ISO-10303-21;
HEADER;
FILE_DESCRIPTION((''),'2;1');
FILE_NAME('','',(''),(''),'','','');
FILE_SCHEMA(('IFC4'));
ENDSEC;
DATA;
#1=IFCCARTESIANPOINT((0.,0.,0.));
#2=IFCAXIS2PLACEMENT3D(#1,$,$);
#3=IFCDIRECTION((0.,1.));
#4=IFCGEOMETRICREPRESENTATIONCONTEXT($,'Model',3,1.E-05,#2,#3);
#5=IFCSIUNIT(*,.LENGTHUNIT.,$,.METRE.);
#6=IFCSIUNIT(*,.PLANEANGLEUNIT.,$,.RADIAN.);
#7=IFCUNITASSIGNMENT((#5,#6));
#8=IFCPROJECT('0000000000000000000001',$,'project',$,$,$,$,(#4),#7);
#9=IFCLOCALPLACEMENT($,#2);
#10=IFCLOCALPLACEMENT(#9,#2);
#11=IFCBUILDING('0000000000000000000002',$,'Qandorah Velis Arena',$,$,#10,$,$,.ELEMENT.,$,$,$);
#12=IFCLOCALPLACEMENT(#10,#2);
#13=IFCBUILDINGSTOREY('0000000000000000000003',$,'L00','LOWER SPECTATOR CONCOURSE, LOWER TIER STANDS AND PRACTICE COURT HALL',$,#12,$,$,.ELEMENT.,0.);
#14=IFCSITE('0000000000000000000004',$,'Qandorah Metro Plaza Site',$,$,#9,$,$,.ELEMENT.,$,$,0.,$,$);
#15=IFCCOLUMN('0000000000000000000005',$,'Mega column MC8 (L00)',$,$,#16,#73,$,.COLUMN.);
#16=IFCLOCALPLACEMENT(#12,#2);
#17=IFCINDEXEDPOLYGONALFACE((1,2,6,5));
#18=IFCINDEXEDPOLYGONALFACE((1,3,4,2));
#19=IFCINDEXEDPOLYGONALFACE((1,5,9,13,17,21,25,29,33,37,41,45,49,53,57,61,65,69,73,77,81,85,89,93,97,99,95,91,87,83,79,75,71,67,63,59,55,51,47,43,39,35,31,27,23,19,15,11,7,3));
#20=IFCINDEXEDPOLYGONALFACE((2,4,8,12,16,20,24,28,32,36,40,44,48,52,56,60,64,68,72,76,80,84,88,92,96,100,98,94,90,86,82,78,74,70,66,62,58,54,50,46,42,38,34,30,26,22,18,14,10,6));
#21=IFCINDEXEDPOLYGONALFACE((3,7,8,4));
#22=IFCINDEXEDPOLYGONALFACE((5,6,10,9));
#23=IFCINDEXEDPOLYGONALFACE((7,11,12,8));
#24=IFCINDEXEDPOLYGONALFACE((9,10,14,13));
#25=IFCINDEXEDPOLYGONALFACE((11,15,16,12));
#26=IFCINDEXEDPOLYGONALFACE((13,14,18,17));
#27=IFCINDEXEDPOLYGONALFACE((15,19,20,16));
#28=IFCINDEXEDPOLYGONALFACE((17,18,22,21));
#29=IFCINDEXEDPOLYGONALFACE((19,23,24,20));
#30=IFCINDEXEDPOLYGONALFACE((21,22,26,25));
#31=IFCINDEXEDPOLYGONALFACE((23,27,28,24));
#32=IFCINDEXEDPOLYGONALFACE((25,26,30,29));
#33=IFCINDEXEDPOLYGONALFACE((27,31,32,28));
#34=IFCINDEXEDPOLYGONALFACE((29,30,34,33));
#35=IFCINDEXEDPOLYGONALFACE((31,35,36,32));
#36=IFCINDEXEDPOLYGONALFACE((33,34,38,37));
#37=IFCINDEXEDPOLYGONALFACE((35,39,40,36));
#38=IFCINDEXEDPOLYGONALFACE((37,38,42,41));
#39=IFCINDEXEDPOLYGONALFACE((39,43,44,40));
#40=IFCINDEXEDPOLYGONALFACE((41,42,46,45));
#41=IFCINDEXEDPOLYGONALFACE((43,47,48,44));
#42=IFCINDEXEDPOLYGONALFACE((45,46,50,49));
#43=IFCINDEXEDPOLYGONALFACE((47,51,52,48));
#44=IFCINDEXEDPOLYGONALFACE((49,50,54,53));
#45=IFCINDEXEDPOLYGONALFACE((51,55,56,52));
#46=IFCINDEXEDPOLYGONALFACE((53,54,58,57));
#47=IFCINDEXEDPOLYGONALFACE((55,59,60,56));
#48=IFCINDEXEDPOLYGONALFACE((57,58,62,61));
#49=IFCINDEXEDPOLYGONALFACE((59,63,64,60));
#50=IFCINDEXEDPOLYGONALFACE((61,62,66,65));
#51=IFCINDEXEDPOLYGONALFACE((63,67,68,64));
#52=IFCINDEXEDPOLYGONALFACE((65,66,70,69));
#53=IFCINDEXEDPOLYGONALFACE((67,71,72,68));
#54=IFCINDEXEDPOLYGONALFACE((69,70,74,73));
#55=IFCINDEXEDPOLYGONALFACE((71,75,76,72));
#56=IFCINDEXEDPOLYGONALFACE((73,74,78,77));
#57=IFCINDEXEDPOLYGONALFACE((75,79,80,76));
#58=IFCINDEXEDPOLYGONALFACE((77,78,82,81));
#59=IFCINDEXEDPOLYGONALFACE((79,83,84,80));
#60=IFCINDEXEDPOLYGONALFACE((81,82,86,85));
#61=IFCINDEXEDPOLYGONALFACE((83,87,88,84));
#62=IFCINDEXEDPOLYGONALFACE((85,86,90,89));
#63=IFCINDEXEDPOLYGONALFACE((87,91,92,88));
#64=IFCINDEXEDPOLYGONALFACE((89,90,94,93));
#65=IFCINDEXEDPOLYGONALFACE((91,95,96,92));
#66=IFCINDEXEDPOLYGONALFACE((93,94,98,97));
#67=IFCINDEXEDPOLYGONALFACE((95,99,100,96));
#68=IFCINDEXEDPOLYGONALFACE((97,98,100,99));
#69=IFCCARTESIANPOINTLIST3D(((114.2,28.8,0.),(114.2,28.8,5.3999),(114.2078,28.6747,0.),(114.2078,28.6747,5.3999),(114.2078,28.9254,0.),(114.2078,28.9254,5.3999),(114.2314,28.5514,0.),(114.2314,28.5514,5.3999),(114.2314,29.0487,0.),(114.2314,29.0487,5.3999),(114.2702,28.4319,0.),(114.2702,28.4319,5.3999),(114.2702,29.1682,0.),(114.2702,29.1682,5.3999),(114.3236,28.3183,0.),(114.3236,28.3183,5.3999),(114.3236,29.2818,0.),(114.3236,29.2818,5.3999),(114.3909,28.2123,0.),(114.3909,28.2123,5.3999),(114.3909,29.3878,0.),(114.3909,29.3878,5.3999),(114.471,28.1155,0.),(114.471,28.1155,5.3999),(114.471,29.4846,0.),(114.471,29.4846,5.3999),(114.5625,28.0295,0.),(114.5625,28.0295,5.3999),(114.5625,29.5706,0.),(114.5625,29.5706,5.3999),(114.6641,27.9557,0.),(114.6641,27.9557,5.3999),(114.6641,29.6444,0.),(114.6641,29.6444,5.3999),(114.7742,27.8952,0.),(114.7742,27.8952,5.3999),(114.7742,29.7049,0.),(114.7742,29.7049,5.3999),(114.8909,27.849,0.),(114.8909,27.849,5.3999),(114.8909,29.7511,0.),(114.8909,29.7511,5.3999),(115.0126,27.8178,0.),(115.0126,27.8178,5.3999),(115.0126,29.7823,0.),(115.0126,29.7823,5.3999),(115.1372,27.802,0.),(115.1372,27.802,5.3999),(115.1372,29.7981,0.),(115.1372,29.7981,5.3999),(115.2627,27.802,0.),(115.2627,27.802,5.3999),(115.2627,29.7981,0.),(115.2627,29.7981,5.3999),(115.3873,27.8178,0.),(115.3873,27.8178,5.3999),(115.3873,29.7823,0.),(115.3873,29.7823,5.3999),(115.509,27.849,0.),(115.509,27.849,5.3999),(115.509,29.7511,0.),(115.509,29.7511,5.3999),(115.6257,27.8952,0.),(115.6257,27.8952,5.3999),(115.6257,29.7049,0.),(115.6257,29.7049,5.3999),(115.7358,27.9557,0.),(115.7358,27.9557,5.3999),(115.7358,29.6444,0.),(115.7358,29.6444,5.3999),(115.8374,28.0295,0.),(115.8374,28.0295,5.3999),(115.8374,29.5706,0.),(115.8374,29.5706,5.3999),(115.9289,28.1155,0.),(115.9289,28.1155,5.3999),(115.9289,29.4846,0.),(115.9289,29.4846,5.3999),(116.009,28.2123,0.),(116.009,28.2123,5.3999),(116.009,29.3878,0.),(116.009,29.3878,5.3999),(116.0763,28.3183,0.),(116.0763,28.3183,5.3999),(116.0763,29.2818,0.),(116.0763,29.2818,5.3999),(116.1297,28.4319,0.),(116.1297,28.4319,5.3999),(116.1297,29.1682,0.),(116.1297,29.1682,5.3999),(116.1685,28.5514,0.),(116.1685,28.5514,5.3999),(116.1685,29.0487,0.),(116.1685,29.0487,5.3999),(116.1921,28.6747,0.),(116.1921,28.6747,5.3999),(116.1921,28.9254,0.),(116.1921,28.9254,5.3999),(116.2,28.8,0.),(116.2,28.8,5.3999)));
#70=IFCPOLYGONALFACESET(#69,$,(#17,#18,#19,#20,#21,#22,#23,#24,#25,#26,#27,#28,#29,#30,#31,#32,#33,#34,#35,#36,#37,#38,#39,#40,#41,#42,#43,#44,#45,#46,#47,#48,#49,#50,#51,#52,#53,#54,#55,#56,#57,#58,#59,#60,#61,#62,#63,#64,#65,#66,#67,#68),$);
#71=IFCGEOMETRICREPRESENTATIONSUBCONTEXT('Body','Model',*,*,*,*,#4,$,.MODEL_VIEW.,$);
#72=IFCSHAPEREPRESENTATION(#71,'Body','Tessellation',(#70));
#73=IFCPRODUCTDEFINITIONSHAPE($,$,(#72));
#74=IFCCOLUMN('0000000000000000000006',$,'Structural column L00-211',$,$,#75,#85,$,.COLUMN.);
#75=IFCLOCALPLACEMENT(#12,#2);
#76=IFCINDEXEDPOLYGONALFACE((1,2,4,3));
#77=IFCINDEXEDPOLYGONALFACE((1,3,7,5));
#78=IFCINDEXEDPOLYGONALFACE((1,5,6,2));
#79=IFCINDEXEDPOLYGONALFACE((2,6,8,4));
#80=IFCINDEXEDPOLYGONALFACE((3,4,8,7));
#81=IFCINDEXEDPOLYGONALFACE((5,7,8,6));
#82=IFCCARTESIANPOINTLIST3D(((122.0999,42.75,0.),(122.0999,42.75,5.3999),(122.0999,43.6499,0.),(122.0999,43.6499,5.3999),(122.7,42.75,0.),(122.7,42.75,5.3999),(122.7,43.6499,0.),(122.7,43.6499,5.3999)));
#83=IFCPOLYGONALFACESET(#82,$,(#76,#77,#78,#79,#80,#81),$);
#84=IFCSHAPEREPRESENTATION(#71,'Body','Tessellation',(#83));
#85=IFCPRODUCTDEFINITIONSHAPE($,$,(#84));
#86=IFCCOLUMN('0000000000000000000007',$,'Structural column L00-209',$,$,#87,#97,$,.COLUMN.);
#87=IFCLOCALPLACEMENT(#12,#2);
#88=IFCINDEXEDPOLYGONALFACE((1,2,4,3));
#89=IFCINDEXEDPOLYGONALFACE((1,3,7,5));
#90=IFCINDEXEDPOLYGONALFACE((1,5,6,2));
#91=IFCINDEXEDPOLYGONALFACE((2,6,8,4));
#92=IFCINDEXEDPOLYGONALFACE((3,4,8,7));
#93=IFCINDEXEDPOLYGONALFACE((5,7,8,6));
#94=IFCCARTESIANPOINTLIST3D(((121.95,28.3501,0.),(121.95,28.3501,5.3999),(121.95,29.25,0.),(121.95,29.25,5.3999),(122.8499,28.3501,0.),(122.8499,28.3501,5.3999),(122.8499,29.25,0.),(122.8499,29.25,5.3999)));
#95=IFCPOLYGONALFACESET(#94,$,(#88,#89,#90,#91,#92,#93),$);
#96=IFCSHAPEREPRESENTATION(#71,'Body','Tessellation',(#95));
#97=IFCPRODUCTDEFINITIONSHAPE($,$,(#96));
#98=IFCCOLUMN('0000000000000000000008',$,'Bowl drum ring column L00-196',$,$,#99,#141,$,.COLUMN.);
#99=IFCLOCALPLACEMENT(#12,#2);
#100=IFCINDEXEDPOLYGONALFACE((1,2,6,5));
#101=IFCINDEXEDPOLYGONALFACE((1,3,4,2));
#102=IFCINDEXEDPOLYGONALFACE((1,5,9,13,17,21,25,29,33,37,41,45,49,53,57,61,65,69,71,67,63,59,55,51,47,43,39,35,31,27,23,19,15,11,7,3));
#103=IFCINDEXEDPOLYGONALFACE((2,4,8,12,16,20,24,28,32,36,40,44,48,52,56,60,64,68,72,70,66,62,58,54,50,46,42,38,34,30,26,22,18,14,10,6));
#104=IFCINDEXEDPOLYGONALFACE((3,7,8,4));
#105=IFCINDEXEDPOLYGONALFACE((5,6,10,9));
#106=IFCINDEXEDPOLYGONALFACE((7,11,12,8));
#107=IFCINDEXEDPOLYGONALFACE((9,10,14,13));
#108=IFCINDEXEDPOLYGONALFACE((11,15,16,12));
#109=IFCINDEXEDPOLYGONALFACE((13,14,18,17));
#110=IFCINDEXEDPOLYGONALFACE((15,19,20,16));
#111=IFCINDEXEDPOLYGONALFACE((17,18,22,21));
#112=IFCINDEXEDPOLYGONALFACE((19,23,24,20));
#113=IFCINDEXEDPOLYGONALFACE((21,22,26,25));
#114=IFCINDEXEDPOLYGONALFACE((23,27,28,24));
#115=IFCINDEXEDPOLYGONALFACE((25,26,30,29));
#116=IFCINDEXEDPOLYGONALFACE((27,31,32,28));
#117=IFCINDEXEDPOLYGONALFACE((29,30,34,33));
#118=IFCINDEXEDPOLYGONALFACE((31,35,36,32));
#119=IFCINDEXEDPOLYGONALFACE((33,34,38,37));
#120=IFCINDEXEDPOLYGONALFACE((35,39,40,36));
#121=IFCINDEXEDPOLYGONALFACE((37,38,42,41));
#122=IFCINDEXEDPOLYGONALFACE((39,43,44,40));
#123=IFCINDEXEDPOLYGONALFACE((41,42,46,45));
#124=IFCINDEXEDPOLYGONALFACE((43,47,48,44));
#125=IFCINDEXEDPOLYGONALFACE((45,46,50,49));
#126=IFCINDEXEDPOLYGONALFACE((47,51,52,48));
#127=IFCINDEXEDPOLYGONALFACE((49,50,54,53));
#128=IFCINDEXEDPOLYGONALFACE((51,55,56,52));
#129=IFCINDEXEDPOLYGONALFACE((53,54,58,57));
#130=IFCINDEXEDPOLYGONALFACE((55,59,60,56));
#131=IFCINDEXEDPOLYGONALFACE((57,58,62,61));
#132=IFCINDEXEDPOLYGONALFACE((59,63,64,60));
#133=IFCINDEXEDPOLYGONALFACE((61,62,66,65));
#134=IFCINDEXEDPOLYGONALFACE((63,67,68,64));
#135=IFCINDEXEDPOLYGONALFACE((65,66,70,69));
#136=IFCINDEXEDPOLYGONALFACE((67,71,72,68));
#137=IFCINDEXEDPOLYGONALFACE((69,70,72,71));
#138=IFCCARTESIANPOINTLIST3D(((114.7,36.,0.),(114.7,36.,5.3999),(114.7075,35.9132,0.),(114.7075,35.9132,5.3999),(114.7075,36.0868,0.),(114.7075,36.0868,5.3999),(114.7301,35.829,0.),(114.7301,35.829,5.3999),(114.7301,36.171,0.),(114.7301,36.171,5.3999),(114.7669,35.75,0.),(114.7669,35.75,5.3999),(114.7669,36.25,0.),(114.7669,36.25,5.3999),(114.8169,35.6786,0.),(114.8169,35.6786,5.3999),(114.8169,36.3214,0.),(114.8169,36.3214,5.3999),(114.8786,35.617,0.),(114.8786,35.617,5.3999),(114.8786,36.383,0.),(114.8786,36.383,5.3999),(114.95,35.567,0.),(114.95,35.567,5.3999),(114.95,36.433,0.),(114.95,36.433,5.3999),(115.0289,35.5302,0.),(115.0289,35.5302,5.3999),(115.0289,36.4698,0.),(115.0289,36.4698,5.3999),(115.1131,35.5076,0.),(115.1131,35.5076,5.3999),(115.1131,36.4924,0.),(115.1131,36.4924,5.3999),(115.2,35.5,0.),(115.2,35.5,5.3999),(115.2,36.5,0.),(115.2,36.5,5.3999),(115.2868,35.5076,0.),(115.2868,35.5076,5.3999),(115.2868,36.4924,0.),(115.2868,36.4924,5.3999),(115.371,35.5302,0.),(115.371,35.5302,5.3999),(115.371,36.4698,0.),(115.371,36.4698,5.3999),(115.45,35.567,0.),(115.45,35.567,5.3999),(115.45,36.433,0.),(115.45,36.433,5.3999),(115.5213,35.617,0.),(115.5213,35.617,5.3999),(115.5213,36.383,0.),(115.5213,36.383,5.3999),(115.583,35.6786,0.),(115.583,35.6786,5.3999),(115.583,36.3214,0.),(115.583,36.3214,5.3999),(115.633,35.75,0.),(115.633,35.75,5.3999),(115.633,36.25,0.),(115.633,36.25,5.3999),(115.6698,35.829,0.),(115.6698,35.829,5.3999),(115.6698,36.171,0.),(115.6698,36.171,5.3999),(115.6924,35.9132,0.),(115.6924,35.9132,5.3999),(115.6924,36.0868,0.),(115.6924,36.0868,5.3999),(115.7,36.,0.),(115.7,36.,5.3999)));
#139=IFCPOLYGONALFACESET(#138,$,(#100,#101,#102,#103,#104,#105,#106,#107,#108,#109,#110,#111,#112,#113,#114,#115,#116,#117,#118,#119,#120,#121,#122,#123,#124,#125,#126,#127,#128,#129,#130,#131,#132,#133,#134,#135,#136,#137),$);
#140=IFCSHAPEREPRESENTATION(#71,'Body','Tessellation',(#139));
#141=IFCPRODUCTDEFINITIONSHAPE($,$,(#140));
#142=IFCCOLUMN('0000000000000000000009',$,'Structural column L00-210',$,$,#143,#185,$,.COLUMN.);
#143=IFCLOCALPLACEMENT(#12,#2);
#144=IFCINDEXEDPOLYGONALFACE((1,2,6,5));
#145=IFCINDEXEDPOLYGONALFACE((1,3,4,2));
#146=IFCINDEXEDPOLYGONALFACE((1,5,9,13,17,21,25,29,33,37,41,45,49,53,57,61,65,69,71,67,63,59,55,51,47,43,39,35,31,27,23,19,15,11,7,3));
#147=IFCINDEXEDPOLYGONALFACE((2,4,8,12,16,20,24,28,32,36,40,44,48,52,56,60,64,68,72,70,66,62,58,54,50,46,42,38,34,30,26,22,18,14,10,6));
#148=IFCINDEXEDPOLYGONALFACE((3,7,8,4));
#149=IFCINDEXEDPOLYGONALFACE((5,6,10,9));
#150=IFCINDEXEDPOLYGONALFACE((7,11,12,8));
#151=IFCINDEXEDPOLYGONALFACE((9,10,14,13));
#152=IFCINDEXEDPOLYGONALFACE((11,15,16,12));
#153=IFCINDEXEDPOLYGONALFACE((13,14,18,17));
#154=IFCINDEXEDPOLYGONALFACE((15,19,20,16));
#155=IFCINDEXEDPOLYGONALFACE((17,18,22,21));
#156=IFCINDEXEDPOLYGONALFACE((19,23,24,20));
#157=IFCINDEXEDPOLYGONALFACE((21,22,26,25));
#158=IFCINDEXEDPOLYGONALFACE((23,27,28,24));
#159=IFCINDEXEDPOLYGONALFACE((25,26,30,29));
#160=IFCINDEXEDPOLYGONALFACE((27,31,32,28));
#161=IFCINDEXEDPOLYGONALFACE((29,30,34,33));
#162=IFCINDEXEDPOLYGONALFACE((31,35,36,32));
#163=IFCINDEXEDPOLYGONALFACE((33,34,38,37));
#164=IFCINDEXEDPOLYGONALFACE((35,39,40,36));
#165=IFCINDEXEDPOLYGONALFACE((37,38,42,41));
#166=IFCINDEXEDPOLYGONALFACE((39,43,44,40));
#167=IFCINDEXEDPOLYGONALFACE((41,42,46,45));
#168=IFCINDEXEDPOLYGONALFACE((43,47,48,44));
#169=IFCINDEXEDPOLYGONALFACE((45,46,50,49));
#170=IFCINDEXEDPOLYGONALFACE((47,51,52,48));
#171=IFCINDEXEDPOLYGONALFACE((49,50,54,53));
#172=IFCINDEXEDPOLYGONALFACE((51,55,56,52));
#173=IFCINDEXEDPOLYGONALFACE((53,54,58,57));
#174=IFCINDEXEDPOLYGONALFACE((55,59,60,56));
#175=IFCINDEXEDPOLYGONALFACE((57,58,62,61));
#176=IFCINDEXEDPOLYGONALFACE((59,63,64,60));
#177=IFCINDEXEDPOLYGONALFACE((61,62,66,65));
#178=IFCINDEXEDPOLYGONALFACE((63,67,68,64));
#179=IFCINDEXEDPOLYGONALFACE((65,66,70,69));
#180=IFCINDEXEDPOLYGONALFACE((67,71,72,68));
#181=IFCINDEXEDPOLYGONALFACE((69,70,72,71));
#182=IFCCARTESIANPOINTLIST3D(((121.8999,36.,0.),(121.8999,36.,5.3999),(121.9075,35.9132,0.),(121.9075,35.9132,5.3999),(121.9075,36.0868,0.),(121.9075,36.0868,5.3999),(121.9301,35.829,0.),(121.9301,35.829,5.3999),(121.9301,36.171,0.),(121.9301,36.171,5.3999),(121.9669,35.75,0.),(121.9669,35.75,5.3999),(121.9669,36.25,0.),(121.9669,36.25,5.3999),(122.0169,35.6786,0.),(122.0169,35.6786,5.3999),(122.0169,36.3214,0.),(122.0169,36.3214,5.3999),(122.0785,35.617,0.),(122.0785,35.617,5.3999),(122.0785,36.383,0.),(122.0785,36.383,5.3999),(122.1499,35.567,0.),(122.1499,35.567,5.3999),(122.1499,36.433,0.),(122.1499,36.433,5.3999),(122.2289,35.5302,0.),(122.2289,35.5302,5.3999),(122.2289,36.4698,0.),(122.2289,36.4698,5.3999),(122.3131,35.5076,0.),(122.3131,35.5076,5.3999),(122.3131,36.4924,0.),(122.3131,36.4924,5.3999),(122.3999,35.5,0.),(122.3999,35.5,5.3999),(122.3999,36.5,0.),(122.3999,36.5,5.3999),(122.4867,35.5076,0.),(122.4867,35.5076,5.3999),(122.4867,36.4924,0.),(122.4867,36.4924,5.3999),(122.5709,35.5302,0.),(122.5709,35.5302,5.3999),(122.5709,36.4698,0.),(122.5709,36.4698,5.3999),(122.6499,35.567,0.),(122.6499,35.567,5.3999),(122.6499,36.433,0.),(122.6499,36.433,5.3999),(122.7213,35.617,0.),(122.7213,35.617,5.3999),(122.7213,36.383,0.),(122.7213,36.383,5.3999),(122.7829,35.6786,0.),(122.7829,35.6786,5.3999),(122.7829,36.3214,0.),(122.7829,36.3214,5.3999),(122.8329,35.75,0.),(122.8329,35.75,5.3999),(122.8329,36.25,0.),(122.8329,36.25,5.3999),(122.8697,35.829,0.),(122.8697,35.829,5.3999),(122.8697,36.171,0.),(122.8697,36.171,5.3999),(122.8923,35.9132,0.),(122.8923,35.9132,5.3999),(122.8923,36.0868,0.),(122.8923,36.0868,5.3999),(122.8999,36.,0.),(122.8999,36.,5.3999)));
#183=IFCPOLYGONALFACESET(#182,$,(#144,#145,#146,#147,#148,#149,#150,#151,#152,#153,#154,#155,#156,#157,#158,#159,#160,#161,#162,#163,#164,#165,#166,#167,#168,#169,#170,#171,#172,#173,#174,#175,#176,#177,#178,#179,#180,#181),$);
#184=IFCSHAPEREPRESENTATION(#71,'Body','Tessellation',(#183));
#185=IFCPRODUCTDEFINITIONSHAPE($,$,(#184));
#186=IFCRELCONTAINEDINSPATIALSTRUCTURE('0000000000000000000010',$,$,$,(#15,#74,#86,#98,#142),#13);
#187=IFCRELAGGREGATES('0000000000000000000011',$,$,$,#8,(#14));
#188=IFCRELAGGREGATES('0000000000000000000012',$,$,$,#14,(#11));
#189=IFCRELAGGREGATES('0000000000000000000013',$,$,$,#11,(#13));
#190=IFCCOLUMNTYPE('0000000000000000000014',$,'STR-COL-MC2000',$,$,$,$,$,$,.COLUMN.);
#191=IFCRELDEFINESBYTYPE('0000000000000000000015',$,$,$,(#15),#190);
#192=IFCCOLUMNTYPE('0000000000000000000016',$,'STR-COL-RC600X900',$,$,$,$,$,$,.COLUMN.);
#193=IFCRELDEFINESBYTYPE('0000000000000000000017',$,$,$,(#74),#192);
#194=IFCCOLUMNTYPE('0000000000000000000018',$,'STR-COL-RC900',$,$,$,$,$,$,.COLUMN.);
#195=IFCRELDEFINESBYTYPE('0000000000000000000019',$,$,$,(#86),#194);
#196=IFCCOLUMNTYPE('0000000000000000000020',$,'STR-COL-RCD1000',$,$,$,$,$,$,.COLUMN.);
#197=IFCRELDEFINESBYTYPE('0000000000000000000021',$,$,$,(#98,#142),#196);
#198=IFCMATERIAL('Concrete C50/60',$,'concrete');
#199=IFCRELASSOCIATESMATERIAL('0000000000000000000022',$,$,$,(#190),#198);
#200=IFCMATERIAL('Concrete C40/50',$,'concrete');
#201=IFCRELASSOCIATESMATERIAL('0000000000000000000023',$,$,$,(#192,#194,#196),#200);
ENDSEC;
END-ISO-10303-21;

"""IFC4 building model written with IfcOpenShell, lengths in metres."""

from ifc_helpers import new_model, si_unit, direction, frame, origin, origin_2d, place, context, subcontext, project, spatial, rectangle, circle, extrude, material, material_profile, profile_set, type_object, element, save


model = new_model("IFC4")

# Units and contexts
model_context = context("Model", 3, precision=1e-05, world=origin(), true_north=direction((0.0, 1.0)))
body_context = subcontext(model_context, "Body", "Model", "MODEL_VIEW")
ifc_project = project(units=[si_unit("LENGTHUNIT", "METRE"), si_unit("PLANEANGLEUNIT", "RADIAN")], contexts=[model_context])

# Site, building, storey
site_placement = place(None, origin())
site = spatial("IfcSite", under=ifc_project, at=site_placement, Name="Qandorah Metro Plaza Site", CompositionType="ELEMENT", RefElevation=0.0)
building_placement = place(site_placement, origin())
building = spatial("IfcBuilding", under=site, at=building_placement, Name="Qandorah Velis Arena", CompositionType="ELEMENT")
storey_placement = place(building_placement, origin())
storey = spatial("IfcBuildingStorey", under=building, at=storey_placement, Name="L00", Description="LOWER SPECTATOR CONCOURSE, LOWER TIER STANDS AND PRACTICE COURT HALL", CompositionType="ELEMENT", Elevation=0.0)

# Columns
ifc_material_1 = material(Name="Concrete C50/60", Category="concrete")
ifc_material_profile_1 = material_profile(ifc_material_1, circle(Radius=1.0, at=origin_2d()), Name="MC D2000")
ifc_profile_set_1 = profile_set([ifc_material_profile_1], Name="Concrete C50/60")
column_type_1 = type_object("IfcColumnType", Name="STR-COL-MC2000", PredefinedType="COLUMN", material=ifc_profile_set_1)
column_1_placement = place(storey_placement, frame((115.2, 28.8, 0.0), z_axis=(0.0, 0.0, 1.0), x_axis=(1.0, 0.0, 0.0)))
element("IfcColumn", 1, at=column_1_placement, inside=storey, type_object=column_type_1, Name="Mega column MC8 (L00)", PredefinedType="COLUMN", context=body_context, shape_type="SweptSolid", body=[
    extrude(circle(Radius=1.0, at=origin_2d()), origin(), (0.0, 0.0, 1.0), 5.3999),
])
ifc_material_2 = material(Name="Concrete C40/50", Category="concrete")
ifc_material_profile_2 = material_profile(ifc_material_2, rectangle(XDim=0.6001, YDim=0.8999, at=origin_2d()), Name="RC COL 600x900")
ifc_profile_set_2 = profile_set([ifc_material_profile_2], Name="Concrete C40/50")
column_type_2 = type_object("IfcColumnType", Name="STR-COL-RC600X900", PredefinedType="COLUMN", material=ifc_profile_set_2)
column_2_placement = place(storey_placement, frame((122.3999, 43.2, 0.0), z_axis=(0.0, 0.0, 1.0), x_axis=(1.0, 0.0, 0.0)))
element("IfcColumn", 2, at=column_2_placement, inside=storey, type_object=column_type_2, Name="Structural column L00-211", PredefinedType="COLUMN", context=body_context, shape_type="SweptSolid", body=[
    extrude(rectangle(XDim=0.6001, YDim=0.8999, at=origin_2d()), origin(), (0.0, 0.0, 1.0), 5.3999),
])
ifc_material_profile_3 = material_profile(ifc_material_2, rectangle(XDim=0.8999, YDim=0.8999, at=origin_2d()), Name="RC COL 900x900")
ifc_profile_set_3 = profile_set([ifc_material_profile_3], Name="Concrete C40/50")
column_type_3 = type_object("IfcColumnType", Name="STR-COL-RC900", PredefinedType="COLUMN", material=ifc_profile_set_3)
column_3_placement = place(storey_placement, frame((122.3999, 28.8, 0.0), z_axis=(0.0, 0.0, 1.0), x_axis=(1.0, 0.0, 0.0)))
element("IfcColumn", 3, at=column_3_placement, inside=storey, type_object=column_type_3, Name="Structural column L00-209", PredefinedType="COLUMN", context=body_context, shape_type="SweptSolid", body=[
    extrude(rectangle(XDim=0.8999, YDim=0.8999, at=origin_2d()), origin(), (0.0, 0.0, 1.0), 5.3999),
])
ifc_material_profile_4 = material_profile(ifc_material_2, circle(Radius=0.5, at=origin_2d()), Name="RC D1000")
ifc_profile_set_4 = profile_set([ifc_material_profile_4], Name="Concrete C40/50")
column_type_4 = type_object("IfcColumnType", Name="STR-COL-RCD1000", PredefinedType="COLUMN", material=ifc_profile_set_4)
for number, where, z_axis, x_axis, name in (
    (4, (115.2, 36.0, 0.0), (0.0, 0.0, 1.0), (1.0, 0.0, 0.0), "Bowl drum ring column L00-196"),
    (5, (122.3999, 36.0, 0.0), (0.0, 0.0, 1.0), (1.0, 0.0, 0.0), "Structural column L00-210"),
):
    element("IfcColumn", number, at=place(storey_placement, frame(where, z_axis=z_axis, x_axis=x_axis)), inside=storey, type_object=column_type_4, Name=name, PredefinedType="COLUMN", context=body_context, shape_type="SweptSolid", body=[
        extrude(circle(Radius=0.5, at=origin_2d()), origin(), (0.0, 0.0, 1.0), 5.3999),
    ])

save(model, "model.ifc")
